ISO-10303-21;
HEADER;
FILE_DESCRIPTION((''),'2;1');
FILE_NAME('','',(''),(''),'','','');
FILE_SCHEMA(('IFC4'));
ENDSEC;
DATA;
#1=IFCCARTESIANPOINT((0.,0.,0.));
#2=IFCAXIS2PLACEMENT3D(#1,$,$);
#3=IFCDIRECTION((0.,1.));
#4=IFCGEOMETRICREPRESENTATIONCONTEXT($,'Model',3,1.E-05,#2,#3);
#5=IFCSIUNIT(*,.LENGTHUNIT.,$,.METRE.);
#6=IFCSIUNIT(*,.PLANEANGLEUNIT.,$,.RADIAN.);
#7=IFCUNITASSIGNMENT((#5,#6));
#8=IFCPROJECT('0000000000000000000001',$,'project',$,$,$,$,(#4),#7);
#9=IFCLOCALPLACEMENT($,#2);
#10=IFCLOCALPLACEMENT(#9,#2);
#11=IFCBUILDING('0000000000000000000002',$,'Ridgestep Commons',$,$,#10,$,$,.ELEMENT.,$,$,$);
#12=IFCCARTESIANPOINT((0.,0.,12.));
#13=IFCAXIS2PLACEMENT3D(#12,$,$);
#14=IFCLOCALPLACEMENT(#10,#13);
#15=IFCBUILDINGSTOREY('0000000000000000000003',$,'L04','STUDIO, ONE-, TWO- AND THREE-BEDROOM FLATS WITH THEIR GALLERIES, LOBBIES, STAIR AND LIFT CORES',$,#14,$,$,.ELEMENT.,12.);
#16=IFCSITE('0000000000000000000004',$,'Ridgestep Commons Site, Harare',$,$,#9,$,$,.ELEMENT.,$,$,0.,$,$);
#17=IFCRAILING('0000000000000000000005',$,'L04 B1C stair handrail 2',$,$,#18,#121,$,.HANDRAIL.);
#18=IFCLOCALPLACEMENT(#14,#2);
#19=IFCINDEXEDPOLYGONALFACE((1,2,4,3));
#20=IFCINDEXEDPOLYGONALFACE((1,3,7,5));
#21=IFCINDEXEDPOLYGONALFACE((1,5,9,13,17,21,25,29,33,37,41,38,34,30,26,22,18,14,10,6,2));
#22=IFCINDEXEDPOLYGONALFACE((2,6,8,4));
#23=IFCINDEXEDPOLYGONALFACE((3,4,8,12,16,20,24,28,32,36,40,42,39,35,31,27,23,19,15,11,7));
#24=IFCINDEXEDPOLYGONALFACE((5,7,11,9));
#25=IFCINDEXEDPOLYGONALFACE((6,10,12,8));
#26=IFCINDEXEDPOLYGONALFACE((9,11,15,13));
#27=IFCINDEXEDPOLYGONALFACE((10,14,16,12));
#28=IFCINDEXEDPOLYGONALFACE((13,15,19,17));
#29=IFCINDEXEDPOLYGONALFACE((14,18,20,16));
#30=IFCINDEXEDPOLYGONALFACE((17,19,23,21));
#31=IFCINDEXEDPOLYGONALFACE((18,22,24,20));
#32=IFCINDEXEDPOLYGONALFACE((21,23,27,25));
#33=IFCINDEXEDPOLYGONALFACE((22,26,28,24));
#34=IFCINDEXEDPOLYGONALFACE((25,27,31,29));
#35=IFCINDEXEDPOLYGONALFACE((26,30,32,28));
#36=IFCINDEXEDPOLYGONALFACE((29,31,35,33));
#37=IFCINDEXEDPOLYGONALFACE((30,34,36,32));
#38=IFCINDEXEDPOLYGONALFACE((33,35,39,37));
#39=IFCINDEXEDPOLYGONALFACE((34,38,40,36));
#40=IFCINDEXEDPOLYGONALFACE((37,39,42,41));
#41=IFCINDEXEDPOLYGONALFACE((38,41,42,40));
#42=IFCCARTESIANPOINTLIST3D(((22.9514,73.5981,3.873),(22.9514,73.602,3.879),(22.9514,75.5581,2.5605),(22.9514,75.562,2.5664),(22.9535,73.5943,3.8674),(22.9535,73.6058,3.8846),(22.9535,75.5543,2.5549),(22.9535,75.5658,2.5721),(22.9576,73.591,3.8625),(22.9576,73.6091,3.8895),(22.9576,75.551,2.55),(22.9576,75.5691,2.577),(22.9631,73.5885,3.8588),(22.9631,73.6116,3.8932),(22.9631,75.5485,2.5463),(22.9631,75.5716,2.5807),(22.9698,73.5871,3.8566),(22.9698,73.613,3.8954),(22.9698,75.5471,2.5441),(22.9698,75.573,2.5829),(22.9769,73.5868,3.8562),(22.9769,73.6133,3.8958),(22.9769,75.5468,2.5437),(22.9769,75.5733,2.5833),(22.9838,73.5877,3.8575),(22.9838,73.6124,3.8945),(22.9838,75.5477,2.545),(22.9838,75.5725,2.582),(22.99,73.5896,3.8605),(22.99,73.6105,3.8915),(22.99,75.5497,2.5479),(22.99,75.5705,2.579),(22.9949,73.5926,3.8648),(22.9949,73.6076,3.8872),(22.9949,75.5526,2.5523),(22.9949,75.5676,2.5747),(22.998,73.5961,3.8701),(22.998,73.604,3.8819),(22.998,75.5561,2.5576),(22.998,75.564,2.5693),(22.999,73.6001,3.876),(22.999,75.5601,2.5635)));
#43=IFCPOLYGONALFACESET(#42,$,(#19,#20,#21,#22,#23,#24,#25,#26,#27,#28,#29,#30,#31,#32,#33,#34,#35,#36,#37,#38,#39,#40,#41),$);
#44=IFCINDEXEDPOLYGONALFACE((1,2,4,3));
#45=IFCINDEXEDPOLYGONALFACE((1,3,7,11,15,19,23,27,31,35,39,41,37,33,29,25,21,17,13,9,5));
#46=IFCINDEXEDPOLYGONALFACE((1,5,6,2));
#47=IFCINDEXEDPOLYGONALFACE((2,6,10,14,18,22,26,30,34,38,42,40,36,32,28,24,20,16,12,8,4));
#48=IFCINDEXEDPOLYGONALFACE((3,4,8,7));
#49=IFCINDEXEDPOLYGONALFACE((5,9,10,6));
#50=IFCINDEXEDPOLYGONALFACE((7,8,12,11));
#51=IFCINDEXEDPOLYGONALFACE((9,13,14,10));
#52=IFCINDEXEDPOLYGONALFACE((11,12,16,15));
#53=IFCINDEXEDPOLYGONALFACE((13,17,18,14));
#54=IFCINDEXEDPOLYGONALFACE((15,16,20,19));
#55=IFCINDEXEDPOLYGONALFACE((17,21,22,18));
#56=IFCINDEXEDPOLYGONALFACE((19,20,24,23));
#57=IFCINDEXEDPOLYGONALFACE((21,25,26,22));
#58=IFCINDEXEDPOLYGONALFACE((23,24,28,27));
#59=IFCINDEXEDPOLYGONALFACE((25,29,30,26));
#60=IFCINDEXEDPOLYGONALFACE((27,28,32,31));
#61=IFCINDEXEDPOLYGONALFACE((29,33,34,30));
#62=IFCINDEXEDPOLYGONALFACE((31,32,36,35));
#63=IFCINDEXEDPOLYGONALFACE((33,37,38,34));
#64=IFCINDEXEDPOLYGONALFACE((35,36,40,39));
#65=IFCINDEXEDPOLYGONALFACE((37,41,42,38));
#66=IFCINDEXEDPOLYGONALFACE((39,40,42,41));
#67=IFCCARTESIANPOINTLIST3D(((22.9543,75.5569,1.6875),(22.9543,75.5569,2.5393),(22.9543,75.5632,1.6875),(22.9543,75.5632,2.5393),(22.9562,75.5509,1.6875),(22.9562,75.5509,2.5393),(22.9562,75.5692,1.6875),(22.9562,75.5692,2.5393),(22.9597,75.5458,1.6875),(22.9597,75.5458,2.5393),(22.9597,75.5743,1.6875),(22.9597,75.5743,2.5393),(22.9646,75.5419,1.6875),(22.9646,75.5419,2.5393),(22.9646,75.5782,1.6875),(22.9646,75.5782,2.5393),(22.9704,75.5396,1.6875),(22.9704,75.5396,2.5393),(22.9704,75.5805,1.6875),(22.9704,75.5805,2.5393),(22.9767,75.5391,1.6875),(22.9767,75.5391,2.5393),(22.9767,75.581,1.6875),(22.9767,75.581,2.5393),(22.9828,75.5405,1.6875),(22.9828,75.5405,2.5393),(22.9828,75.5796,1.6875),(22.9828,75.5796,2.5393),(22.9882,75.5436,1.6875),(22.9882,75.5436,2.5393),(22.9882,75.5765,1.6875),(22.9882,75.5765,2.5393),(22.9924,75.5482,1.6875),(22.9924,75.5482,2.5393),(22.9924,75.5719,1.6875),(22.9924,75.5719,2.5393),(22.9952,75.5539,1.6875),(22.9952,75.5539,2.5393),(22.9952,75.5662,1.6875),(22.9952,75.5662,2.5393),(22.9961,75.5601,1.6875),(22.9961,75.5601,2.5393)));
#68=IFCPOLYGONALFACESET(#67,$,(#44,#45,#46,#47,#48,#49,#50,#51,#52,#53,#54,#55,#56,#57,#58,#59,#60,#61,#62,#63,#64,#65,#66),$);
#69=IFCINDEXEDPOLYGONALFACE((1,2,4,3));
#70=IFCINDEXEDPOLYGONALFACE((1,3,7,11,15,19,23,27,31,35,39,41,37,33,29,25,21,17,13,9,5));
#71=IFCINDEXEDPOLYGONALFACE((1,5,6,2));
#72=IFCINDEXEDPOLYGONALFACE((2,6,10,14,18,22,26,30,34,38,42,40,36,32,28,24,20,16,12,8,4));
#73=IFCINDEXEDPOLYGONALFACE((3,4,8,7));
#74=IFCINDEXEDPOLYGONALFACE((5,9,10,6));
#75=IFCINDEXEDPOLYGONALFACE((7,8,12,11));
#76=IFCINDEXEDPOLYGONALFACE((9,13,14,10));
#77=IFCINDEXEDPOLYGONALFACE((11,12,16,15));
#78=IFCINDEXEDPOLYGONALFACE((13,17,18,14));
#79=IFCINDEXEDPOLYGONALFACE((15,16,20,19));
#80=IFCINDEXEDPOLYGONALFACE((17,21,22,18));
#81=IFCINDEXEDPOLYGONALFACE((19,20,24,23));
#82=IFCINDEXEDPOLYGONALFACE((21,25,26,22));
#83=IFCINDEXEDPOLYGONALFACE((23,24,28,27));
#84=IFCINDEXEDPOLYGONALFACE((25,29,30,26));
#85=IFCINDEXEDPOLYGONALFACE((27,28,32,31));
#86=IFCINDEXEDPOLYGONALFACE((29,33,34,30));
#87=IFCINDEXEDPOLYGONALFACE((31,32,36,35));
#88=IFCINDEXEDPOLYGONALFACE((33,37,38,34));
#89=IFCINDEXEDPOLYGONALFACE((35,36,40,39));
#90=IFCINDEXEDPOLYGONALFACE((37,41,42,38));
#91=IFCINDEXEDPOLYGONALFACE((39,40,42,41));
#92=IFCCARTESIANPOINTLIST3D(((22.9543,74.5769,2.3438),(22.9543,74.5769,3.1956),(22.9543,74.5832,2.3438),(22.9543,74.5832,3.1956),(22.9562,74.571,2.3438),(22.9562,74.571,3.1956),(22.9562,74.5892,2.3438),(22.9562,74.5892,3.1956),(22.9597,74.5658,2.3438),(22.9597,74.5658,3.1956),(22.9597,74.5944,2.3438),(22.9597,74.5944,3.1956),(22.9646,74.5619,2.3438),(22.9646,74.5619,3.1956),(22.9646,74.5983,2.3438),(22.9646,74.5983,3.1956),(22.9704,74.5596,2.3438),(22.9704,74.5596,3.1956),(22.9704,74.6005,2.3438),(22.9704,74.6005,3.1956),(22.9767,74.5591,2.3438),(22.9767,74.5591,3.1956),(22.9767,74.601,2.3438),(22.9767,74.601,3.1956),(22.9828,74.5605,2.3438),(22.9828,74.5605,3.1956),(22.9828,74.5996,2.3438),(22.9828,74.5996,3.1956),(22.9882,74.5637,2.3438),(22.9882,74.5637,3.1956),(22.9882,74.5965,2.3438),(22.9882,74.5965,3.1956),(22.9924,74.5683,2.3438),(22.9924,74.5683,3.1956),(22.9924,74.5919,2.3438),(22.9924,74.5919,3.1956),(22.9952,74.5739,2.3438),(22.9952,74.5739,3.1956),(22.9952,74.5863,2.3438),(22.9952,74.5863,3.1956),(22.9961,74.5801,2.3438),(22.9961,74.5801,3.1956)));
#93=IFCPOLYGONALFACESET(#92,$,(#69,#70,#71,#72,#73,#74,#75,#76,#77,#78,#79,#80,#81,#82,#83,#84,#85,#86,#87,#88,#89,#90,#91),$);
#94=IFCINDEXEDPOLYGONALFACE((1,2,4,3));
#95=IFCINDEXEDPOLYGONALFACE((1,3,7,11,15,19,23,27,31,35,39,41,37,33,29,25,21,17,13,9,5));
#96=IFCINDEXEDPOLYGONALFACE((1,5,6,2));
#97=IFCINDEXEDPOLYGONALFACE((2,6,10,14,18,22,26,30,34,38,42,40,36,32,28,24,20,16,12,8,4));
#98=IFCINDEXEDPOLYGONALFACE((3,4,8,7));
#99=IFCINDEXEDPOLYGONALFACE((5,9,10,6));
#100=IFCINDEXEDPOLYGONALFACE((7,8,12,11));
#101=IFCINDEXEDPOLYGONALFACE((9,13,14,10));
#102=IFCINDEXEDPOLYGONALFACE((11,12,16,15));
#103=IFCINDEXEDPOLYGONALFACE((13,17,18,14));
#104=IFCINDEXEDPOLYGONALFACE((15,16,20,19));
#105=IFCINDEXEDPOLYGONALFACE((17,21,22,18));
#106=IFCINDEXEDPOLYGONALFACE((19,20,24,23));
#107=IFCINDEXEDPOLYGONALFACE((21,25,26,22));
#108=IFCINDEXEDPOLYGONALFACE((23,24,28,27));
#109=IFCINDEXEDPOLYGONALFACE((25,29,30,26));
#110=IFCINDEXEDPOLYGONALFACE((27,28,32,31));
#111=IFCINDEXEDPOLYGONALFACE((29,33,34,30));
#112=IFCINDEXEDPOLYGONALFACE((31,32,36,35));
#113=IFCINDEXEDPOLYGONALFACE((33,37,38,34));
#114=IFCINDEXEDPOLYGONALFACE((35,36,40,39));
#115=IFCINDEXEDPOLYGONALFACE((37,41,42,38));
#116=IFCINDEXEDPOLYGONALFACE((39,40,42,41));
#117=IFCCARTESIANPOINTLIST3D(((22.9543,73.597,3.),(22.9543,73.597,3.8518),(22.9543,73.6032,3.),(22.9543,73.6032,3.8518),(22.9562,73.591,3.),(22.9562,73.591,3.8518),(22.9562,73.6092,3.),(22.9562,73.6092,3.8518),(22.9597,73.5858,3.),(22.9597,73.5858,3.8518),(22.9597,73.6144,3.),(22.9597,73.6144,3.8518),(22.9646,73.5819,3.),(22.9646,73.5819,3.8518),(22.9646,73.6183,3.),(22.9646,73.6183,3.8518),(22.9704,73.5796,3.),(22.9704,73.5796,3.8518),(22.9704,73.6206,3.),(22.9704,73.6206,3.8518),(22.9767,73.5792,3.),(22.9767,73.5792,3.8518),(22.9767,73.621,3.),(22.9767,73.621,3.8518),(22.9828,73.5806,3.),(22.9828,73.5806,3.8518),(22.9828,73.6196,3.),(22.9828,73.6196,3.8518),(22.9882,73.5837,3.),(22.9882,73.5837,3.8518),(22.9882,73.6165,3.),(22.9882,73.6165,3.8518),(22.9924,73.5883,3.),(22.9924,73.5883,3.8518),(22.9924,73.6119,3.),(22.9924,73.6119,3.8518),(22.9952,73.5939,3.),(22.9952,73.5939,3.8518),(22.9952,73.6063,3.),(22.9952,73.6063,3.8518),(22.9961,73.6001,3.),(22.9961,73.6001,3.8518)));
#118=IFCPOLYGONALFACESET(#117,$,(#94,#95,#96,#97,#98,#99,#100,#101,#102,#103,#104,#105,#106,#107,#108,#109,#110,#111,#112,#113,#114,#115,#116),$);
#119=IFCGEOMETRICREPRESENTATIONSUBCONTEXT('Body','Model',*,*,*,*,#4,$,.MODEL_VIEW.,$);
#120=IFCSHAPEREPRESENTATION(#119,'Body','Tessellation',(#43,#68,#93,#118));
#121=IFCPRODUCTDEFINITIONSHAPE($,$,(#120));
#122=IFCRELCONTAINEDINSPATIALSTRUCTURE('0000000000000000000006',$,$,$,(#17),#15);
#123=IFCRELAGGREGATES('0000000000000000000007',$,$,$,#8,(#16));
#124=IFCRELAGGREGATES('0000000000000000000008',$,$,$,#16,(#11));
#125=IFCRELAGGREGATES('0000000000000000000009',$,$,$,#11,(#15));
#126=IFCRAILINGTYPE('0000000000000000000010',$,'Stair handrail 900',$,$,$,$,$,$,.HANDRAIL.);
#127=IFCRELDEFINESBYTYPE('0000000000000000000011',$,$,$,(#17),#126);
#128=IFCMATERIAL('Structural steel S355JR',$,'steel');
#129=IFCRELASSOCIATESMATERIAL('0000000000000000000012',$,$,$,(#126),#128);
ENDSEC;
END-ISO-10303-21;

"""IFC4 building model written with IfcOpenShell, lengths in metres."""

from ifc_helpers import new_model, si_unit, direction, frame, origin, origin_2d, place, context, subcontext, project, spatial, circle, extrude, material, type_object, element, save


model = new_model("IFC4")

# Units and contexts
model_context = context("Model", 3, precision=1e-05, world=origin(), true_north=direction((0.0, 1.0)))
body_context = subcontext(model_context, "Body", "Model", "MODEL_VIEW")
ifc_project = project(units=[si_unit("LENGTHUNIT", "METRE"), si_unit("PLANEANGLEUNIT", "RADIAN")], contexts=[model_context])

# Site, building, storey
site_placement = place(None, origin())
site = spatial("IfcSite", under=ifc_project, at=site_placement, Name="Ridgestep Commons Site, Harare", CompositionType="ELEMENT", RefElevation=0.0)
building_placement = place(site_placement, origin())
building = spatial("IfcBuilding", under=site, at=building_placement, Name="Ridgestep Commons", CompositionType="ELEMENT")
storey_placement = place(building_placement, frame((0.0, 0.0, 12.0)))
storey = spatial("IfcBuildingStorey", under=building, at=storey_placement, Name="L04", Description="STUDIO, ONE-, TWO- AND THREE-BEDROOM FLATS WITH THEIR GALLERIES, LOBBIES, STAIR AND LIFT CORES", CompositionType="ELEMENT", Elevation=12.0)

# Railing
ifc_material_1 = material(Name="Structural steel S355JR", Category="steel")
railing_type_1 = type_object("IfcRailingType", Name="Stair handrail 900", PredefinedType="HANDRAIL", material=ifc_material_1)
railing_1_placement = place(storey_placement, frame((22.9751, 75.5601, 1.6875)))
element("IfcRailing", 1, at=railing_1_placement, inside=storey, type_object=railing_type_1, Name="L04 B1C stair handrail 2", PredefinedType="HANDRAIL", context=body_context, shape_type="SweptSolid", body=[
    extrude(circle(Radius=0.0239, at=origin_2d()), frame((0.0, 0.0, 0.876), z_axis=(0.0, -0.830902, 0.556419), x_axis=(1.0, 0.0, 0.0)), (0.0, 0.0, 1.0), 2.3589),
    extrude(circle(Radius=0.021, at=origin_2d()), origin(), (0.0, 0.0, 1.0), 0.8518),
    extrude(circle(Radius=0.021, at=origin_2d()), frame((0.0, -0.98, 0.6562)), (0.0, 0.0, 1.0), 0.8518),
    extrude(circle(Radius=0.021, at=origin_2d()), frame((0.0, -1.96, 1.3125)), (0.0, 0.0, 1.0), 0.8518),
])

save(model, "model.ifc")
